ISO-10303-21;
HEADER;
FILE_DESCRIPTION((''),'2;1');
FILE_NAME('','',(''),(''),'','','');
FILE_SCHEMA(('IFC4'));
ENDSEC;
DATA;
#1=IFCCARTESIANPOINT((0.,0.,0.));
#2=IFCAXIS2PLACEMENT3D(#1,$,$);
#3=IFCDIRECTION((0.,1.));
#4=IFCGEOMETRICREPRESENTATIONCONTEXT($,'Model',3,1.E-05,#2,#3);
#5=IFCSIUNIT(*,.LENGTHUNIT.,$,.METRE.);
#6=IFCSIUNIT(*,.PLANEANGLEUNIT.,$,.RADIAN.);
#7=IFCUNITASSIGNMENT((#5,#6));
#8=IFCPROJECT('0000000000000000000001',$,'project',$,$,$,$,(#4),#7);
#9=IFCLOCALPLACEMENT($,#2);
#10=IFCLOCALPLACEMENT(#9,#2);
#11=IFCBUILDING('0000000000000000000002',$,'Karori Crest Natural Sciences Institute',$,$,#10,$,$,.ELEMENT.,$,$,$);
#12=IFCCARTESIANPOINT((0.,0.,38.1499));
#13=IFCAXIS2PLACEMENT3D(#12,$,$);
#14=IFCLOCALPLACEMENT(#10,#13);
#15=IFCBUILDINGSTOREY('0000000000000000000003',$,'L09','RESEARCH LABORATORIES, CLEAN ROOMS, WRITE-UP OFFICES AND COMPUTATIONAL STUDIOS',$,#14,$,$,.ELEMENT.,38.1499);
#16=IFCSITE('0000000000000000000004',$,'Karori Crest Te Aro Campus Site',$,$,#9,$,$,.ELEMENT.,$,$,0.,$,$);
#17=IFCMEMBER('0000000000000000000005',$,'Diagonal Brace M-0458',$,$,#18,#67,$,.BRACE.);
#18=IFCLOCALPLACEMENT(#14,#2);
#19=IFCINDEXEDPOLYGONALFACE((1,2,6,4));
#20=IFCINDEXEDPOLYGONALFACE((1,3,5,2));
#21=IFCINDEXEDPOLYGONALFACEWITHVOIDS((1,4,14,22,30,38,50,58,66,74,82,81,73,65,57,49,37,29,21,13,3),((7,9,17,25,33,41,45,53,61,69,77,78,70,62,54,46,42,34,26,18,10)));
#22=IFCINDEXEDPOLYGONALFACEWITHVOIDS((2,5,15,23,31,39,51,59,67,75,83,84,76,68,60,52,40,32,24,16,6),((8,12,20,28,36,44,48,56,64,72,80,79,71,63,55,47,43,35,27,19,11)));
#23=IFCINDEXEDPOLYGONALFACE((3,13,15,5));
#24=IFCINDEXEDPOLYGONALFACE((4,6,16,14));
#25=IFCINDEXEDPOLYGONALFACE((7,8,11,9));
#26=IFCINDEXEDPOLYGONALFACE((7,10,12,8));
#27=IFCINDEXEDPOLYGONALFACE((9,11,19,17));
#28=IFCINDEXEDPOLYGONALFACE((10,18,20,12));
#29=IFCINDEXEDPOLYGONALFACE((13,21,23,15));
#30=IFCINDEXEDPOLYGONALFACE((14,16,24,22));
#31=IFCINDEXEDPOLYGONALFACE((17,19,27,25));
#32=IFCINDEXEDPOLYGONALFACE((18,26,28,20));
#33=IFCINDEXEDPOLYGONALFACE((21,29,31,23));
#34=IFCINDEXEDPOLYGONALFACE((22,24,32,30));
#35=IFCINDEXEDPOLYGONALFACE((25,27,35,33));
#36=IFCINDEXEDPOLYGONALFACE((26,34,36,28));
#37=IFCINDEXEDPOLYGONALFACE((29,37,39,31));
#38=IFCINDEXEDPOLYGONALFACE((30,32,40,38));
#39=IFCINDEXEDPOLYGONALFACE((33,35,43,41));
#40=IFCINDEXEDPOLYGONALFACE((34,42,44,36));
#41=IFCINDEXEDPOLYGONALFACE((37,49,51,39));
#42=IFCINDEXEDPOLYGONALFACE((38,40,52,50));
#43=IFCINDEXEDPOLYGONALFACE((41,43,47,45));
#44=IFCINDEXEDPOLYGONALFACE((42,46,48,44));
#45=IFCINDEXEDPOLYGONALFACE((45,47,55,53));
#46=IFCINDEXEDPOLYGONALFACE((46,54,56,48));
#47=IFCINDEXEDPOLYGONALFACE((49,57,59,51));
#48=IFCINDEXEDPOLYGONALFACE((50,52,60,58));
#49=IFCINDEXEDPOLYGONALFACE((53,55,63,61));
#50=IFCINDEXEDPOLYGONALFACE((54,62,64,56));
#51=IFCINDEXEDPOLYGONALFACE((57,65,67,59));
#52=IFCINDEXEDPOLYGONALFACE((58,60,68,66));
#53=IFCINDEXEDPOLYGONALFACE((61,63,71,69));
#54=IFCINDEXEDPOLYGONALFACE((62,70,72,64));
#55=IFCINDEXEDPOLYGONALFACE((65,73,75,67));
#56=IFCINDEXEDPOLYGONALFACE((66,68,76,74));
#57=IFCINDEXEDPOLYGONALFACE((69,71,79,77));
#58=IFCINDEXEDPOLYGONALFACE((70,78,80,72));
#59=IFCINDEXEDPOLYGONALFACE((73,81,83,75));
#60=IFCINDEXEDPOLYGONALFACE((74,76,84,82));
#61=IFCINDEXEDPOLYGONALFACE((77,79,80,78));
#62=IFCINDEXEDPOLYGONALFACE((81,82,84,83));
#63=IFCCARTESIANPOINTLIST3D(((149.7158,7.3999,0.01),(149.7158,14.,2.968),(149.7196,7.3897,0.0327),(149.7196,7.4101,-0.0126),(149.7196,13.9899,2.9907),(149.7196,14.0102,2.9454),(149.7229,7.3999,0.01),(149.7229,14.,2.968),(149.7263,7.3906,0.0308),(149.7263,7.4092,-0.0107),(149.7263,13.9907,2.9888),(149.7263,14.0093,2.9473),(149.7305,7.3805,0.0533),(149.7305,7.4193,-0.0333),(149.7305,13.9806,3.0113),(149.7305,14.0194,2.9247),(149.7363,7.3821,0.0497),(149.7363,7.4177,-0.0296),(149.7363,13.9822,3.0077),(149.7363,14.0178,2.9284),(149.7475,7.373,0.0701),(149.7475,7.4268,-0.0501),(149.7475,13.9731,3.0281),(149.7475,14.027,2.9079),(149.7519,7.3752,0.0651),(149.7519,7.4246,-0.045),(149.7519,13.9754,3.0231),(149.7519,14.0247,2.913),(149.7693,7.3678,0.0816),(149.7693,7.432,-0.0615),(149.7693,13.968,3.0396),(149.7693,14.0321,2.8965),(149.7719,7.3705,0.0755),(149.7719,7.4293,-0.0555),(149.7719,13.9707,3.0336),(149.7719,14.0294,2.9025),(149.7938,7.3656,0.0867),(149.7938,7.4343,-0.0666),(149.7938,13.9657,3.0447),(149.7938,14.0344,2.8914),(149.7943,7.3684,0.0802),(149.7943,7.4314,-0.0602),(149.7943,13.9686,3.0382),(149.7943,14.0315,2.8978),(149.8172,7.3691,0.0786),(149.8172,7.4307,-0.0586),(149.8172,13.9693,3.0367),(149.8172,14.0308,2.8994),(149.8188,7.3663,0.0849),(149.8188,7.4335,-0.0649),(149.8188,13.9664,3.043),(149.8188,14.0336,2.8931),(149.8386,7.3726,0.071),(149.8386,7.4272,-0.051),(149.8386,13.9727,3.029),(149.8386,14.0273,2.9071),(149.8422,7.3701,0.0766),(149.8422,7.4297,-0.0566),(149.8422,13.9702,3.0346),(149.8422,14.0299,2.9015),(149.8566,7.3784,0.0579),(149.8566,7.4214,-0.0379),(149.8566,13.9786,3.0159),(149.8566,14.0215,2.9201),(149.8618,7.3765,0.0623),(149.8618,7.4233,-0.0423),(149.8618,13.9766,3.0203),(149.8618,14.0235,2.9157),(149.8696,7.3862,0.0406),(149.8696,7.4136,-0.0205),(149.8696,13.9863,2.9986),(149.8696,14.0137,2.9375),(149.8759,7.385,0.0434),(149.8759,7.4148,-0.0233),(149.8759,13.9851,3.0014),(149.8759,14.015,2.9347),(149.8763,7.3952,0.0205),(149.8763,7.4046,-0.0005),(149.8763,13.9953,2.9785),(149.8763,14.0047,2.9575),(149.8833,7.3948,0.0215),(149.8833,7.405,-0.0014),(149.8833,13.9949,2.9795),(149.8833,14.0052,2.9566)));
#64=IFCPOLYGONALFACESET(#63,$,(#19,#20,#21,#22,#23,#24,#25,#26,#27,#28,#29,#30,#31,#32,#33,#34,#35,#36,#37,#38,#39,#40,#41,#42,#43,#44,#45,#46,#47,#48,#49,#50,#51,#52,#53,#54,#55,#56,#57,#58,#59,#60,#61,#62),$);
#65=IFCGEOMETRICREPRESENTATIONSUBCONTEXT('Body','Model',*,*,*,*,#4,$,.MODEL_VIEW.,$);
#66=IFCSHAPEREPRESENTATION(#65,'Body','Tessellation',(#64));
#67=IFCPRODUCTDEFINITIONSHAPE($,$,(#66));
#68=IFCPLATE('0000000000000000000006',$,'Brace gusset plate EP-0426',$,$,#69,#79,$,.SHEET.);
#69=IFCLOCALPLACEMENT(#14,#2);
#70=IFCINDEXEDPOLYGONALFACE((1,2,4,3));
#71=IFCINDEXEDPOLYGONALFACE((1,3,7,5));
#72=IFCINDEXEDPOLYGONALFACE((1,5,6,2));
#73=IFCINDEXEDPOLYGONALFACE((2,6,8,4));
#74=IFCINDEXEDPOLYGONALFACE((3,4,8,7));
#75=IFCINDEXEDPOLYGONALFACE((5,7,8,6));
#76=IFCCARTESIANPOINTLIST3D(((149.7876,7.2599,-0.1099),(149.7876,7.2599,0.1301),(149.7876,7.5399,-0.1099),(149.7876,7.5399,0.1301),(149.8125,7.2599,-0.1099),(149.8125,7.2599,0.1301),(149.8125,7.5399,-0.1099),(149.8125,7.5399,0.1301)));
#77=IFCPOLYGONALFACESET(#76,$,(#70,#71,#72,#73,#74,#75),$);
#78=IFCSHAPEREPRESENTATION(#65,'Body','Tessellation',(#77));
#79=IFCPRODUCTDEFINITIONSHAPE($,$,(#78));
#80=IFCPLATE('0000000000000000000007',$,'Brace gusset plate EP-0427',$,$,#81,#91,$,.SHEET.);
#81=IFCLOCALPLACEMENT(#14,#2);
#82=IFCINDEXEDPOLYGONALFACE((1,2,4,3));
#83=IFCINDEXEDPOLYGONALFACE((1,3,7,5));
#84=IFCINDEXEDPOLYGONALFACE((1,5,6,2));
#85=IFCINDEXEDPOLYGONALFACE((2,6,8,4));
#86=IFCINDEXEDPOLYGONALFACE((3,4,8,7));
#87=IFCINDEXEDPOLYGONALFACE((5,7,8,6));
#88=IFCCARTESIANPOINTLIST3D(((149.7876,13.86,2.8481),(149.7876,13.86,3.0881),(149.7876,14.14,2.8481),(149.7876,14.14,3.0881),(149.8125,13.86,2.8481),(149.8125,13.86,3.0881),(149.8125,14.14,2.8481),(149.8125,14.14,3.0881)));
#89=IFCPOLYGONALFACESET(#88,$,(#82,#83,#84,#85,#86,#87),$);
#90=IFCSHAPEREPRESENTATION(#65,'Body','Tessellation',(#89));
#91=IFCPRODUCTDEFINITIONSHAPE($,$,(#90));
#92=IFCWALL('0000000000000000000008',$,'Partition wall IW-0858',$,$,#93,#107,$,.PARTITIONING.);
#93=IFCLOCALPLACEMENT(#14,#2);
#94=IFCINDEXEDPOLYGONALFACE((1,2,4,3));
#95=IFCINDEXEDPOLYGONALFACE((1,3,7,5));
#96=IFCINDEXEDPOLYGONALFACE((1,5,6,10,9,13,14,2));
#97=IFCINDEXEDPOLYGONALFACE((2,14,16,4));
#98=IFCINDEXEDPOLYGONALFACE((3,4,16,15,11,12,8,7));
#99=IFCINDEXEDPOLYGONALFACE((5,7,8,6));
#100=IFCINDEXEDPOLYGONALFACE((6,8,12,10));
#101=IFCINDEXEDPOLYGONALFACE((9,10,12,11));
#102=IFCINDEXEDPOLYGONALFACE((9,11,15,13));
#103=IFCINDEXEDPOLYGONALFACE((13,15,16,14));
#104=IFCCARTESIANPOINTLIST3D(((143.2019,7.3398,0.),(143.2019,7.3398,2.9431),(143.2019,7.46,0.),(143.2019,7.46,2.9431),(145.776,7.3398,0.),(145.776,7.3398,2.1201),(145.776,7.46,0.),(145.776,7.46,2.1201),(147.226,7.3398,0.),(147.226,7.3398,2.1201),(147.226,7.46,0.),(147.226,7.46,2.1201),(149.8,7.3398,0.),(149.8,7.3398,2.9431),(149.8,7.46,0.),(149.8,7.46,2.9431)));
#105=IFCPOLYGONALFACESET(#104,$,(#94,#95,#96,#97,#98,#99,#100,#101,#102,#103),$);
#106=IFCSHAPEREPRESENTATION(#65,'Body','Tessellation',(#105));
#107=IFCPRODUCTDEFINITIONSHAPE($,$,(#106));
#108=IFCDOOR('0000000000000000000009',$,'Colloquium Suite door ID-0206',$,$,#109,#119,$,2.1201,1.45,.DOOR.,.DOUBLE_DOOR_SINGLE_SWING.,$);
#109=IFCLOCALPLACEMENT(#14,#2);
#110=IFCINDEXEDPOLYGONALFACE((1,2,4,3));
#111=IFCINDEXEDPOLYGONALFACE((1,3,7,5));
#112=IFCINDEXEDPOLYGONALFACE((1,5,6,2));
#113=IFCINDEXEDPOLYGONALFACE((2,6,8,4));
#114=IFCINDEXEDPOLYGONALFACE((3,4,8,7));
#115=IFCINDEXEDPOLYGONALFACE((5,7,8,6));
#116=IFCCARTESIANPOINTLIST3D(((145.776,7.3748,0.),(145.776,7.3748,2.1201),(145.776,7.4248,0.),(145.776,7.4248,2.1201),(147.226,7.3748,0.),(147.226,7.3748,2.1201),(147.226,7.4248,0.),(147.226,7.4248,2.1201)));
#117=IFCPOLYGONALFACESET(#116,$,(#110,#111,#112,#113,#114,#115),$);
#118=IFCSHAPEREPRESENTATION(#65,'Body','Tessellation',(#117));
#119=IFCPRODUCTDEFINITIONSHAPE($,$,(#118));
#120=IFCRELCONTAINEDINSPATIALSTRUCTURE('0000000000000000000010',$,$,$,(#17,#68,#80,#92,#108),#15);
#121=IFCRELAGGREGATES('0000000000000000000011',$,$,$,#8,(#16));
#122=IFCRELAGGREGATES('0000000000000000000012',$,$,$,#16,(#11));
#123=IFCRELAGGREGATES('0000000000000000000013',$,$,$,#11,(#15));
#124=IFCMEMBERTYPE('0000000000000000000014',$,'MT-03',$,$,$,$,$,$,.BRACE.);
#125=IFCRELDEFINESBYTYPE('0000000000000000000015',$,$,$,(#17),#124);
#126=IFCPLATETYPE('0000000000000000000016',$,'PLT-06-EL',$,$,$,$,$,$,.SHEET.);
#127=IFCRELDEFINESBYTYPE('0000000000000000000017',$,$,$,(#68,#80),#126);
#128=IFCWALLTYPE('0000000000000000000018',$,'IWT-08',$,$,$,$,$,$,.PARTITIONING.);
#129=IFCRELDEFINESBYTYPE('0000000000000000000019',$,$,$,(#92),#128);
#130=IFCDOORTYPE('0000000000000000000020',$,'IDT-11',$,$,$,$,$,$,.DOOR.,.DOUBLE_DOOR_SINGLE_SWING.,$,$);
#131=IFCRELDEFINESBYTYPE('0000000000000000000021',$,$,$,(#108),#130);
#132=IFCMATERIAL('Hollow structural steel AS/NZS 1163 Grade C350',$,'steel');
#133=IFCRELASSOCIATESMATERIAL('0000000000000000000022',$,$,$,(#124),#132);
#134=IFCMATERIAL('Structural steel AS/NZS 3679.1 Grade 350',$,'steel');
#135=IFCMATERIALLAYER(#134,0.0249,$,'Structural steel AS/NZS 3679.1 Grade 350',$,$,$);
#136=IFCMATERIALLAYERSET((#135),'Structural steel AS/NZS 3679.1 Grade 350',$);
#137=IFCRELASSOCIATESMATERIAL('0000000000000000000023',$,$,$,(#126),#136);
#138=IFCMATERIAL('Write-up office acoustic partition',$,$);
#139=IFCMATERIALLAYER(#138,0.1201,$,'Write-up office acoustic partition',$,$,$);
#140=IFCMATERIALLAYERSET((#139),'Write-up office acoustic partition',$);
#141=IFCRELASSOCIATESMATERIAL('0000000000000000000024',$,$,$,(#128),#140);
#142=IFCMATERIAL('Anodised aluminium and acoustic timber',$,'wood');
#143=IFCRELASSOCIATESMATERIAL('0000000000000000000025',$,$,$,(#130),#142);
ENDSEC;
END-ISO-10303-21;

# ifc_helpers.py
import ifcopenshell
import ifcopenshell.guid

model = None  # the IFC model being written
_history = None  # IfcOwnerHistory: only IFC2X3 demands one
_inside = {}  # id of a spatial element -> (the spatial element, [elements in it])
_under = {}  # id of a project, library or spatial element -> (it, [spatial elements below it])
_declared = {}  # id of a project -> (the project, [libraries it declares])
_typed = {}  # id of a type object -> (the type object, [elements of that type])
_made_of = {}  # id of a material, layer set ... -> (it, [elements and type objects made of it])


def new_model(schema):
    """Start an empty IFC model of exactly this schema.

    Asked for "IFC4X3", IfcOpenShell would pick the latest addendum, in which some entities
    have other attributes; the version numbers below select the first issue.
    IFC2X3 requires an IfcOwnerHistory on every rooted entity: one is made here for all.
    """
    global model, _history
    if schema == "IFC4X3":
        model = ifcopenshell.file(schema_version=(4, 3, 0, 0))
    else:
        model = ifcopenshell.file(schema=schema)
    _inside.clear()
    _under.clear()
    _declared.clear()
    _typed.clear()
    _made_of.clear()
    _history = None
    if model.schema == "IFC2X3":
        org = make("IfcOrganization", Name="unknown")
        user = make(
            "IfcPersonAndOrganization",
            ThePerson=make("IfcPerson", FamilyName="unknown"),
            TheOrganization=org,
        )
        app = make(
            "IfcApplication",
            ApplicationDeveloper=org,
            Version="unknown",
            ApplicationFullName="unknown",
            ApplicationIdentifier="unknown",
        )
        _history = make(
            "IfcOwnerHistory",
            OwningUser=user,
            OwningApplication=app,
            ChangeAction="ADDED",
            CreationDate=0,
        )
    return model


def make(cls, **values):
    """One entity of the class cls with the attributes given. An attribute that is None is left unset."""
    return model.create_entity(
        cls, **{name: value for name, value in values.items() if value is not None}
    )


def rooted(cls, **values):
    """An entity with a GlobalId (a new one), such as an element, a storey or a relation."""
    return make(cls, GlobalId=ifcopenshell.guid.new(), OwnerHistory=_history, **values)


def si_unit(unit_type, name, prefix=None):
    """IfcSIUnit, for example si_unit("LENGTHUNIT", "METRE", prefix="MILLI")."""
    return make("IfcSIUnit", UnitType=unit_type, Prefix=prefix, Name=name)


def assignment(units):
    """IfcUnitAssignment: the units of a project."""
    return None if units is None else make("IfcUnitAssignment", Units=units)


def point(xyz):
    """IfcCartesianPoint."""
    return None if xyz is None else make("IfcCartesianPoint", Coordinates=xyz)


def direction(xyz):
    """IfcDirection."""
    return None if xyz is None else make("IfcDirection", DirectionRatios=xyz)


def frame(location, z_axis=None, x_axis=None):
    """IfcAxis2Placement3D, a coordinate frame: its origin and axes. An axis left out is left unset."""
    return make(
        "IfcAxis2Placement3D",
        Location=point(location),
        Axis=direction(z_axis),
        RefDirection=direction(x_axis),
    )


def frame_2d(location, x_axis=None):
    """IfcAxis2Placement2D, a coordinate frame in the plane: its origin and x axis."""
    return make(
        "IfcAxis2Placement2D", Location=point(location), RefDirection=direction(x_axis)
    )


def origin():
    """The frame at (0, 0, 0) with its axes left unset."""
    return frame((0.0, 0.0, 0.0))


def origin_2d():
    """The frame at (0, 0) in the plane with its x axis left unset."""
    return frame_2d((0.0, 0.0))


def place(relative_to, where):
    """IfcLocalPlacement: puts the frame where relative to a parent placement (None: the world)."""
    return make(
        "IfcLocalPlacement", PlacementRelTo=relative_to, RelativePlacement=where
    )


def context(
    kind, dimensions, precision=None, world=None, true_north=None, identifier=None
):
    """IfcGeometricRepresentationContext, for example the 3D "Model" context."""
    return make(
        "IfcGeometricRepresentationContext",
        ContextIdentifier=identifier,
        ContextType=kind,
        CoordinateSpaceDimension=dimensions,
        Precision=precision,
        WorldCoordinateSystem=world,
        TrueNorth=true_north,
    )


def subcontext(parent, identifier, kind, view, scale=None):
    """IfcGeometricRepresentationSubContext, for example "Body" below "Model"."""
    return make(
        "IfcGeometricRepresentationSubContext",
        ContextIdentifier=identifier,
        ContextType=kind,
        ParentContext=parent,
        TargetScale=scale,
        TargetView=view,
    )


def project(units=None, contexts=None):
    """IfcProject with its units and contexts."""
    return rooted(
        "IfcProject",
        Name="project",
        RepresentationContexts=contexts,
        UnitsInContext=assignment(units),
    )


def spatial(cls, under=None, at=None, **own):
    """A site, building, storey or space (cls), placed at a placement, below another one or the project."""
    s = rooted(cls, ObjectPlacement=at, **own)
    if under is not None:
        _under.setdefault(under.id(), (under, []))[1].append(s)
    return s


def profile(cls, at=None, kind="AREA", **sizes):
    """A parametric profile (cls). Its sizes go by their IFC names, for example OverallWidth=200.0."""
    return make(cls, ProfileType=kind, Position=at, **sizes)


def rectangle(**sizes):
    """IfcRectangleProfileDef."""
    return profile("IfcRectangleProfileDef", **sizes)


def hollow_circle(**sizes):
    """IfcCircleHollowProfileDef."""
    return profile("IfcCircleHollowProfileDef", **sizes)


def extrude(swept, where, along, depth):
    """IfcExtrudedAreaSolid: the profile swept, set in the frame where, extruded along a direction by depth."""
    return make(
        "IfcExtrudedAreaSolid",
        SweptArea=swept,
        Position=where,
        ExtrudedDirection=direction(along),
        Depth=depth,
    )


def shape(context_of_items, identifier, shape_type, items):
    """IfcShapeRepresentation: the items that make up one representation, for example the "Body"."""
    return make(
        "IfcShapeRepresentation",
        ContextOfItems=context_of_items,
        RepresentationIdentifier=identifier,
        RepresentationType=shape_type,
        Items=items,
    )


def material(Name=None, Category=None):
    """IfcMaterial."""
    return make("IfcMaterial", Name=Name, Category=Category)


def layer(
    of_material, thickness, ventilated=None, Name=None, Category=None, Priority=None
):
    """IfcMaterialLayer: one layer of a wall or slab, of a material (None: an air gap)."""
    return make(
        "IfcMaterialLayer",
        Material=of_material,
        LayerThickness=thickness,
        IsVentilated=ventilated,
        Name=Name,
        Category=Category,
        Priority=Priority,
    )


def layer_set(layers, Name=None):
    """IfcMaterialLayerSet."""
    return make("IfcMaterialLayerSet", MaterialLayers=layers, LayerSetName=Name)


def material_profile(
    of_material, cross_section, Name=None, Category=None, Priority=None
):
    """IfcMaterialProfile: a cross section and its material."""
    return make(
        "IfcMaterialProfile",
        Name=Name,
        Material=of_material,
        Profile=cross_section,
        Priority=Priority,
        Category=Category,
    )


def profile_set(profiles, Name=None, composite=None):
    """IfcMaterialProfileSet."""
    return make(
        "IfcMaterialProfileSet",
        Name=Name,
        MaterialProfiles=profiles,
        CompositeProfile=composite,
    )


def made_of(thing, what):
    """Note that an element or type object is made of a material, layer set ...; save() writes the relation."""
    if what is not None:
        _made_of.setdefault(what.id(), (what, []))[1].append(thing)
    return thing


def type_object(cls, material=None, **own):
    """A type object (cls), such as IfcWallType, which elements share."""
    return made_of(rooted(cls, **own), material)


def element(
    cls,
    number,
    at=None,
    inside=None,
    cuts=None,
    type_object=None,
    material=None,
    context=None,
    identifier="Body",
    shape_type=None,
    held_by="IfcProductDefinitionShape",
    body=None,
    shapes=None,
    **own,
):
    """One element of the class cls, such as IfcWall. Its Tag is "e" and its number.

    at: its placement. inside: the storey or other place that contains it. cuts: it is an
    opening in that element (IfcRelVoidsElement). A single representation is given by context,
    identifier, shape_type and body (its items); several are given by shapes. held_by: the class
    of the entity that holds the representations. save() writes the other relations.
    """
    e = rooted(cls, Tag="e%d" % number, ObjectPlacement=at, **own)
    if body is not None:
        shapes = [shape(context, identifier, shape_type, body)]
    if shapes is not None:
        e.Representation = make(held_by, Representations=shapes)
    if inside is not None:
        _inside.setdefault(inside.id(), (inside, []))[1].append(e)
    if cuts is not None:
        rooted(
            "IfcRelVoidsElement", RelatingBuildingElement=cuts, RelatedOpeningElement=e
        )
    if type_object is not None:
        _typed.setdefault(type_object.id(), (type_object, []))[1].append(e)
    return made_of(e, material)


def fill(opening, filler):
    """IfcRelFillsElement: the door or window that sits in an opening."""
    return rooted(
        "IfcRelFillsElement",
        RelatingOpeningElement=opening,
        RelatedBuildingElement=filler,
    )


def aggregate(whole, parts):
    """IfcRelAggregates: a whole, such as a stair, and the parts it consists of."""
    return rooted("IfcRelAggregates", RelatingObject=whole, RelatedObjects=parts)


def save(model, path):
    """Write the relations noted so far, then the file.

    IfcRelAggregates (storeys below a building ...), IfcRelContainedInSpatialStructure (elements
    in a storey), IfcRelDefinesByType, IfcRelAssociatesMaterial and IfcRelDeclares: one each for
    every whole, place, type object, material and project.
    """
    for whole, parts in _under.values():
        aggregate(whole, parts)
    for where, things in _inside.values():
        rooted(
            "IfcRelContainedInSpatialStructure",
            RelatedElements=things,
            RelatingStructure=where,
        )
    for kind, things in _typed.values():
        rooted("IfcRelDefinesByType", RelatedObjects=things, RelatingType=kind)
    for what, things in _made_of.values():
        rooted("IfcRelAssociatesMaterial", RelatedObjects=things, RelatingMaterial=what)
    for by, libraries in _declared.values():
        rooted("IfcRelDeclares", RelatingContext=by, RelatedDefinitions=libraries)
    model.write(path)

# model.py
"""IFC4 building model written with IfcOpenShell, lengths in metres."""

from ifc_helpers import new_model, si_unit, direction, frame, frame_2d, origin, origin_2d, place, context, subcontext, project, spatial, rectangle, hollow_circle, extrude, material, layer, layer_set, material_profile, profile_set, type_object, element, fill, save


model = new_model("IFC4")

# Units and contexts
model_context = context("Model", 3, precision=1e-05, world=origin(), true_north=direction((0.0, 1.0)))
body_context = subcontext(model_context, "Body", "Model", "MODEL_VIEW")
ifc_project = project(units=[si_unit("LENGTHUNIT", "METRE"), si_unit("PLANEANGLEUNIT", "RADIAN")], contexts=[model_context])

# Site, building, storey
site_placement = place(None, origin())
site = spatial("IfcSite", under=ifc_project, at=site_placement, Name="Karori Crest Te Aro Campus Site", CompositionType="ELEMENT", RefElevation=0.0)
building_placement = place(site_placement, origin())
building = spatial("IfcBuilding", under=site, at=building_placement, Name="Karori Crest Natural Sciences Institute", CompositionType="ELEMENT")
storey_placement = place(building_placement, frame((0.0, 0.0, 38.1499)))
storey = spatial("IfcBuildingStorey", under=building, at=storey_placement, Name="L09", Description="RESEARCH LABORATORIES, CLEAN ROOMS, WRITE-UP OFFICES AND COMPUTATIONAL STUDIOS", CompositionType="ELEMENT", Elevation=38.1499)

# Shared definitions
ifc_material_1 = material(Name="Structural steel AS/NZS 3679.1 Grade 350", Category="steel")

# Member
ifc_material_2 = material(Name="Hollow structural steel AS/NZS 1163 Grade C350", Category="steel")
ifc_material_profile_1 = material_profile(ifc_material_2, hollow_circle(Radius=0.0842, WallThickness=0.0071, at=origin_2d()), Name="CHS168.3x7.1")
ifc_profile_set_1 = profile_set([ifc_material_profile_1], Name="Hollow structural steel AS/NZS 1163 Grade C350")
member_type = type_object("IfcMemberType", Name="MT-03", PredefinedType="BRACE", material=ifc_profile_set_1)
member_placement = place(storey_placement, frame((149.8, 7.3999, 0.01), z_axis=(0.0, 0.912543, 0.40898), x_axis=(-1.0, 0.0, 0.0)))
element("IfcMember", 1, at=member_placement, inside=storey, type_object=member_type, Name="Diagonal Brace M-0458", PredefinedType="BRACE", context=body_context, shape_type="SweptSolid", body=[
    extrude(hollow_circle(Radius=0.0842, WallThickness=0.0071, at=origin_2d()), origin(), (0.0, 0.0, 1.0), 7.2327),
])

# Plates
ifc_layer_1 = layer(ifc_material_1, 0.0249, Name="Structural steel AS/NZS 3679.1 Grade 350")
ifc_layer_set_1 = layer_set([ifc_layer_1], Name="Structural steel AS/NZS 3679.1 Grade 350")
plate_type = type_object("IfcPlateType", Name="PLT-06-EL", PredefinedType="SHEET", material=ifc_layer_set_1)
for number, where, z_axis, x_axis, name in (
    (2, (149.8, 7.3999, -0.1099), (0.0, 0.0, 1.0), (0.0, 1.0, 0.0), "Brace gusset plate EP-0426"),
    (3, (149.8, 14.0, 2.8481), (0.0, 0.0, 1.0), (0.0, 1.0, 0.0), "Brace gusset plate EP-0427"),
):
    element("IfcPlate", number, at=place(storey_placement, frame(where, z_axis=z_axis, x_axis=x_axis)), inside=storey, type_object=plate_type, Name=name, PredefinedType="SHEET", context=body_context, shape_type="SweptSolid", body=[
        extrude(rectangle(XDim=0.28, YDim=0.0249, at=origin_2d()), origin(), (0.0, 0.0, 1.0), 0.24),
    ])

# Wall, opening, door
ifc_material_3 = material(Name="Write-up office acoustic partition")
ifc_layer_2 = layer(ifc_material_3, 0.1201, Name="Write-up office acoustic partition")
ifc_layer_set_2 = layer_set([ifc_layer_2], Name="Write-up office acoustic partition")
wall_type_1 = type_object("IfcWallType", Name="IWT-08", PredefinedType="PARTITIONING", material=ifc_layer_set_2)
wall_1_placement = place(storey_placement, frame((143.2019, 7.3999, 0.0), z_axis=(0.0, 0.0, 1.0), x_axis=(1.0, 0.0, 0.0)))
wall_1 = element("IfcWall", 4, at=wall_1_placement, inside=storey, type_object=wall_type_1, Name="Partition wall IW-0858", PredefinedType="PARTITIONING", context=body_context, shape_type="SweptSolid", body=[
    extrude(rectangle(XDim=6.5981, YDim=0.1201, at=frame_2d((3.2991, 0.0))), origin(), (0.0, 0.0, 1.0), 2.9431),
])
opening_1_placement = place(wall_1_placement, frame((2.574, 0.0, 0.0)))
opening_1 = element("IfcOpeningElement", 5, at=opening_1_placement, cuts=wall_1, PredefinedType="OPENING", context=body_context, shape_type="SweptSolid", body=[
    extrude(rectangle(XDim=1.45, YDim=2.1201, at=frame_2d((0.7251, 1.0601))), frame((0.0, 0.0701, 0.0), z_axis=(0.0, -1.0, 0.0), x_axis=(1.0, 0.0, 0.0)), (0.0, 0.0, 1.0), 0.1401),
])
ifc_material_4 = material(Name="Anodised aluminium and acoustic timber", Category="wood")
door_type = type_object("IfcDoorType", Name="IDT-11", OperationType="DOUBLE_DOOR_SINGLE_SWING", PredefinedType="DOOR", material=ifc_material_4)
door_placement = place(opening_1_placement, origin())
door = element("IfcDoor", 6, at=door_placement, inside=storey, type_object=door_type, Name="Colloquium Suite door ID-0206", OperationType="DOUBLE_DOOR_SINGLE_SWING", OverallHeight=2.1201, OverallWidth=1.45, PredefinedType="DOOR", context=body_context, shape_type="SweptSolid", body=[
    extrude(rectangle(XDim=1.45, YDim=2.1201, at=frame_2d((0.7251, 1.0601))), frame((0.0, 0.0249, 0.0), z_axis=(0.0, -1.0, 0.0), x_axis=(1.0, 0.0, 0.0)), (0.0, 0.0, 1.0), 0.05),
])
fill(opening_1, door)

save(model, "model.ifc")
